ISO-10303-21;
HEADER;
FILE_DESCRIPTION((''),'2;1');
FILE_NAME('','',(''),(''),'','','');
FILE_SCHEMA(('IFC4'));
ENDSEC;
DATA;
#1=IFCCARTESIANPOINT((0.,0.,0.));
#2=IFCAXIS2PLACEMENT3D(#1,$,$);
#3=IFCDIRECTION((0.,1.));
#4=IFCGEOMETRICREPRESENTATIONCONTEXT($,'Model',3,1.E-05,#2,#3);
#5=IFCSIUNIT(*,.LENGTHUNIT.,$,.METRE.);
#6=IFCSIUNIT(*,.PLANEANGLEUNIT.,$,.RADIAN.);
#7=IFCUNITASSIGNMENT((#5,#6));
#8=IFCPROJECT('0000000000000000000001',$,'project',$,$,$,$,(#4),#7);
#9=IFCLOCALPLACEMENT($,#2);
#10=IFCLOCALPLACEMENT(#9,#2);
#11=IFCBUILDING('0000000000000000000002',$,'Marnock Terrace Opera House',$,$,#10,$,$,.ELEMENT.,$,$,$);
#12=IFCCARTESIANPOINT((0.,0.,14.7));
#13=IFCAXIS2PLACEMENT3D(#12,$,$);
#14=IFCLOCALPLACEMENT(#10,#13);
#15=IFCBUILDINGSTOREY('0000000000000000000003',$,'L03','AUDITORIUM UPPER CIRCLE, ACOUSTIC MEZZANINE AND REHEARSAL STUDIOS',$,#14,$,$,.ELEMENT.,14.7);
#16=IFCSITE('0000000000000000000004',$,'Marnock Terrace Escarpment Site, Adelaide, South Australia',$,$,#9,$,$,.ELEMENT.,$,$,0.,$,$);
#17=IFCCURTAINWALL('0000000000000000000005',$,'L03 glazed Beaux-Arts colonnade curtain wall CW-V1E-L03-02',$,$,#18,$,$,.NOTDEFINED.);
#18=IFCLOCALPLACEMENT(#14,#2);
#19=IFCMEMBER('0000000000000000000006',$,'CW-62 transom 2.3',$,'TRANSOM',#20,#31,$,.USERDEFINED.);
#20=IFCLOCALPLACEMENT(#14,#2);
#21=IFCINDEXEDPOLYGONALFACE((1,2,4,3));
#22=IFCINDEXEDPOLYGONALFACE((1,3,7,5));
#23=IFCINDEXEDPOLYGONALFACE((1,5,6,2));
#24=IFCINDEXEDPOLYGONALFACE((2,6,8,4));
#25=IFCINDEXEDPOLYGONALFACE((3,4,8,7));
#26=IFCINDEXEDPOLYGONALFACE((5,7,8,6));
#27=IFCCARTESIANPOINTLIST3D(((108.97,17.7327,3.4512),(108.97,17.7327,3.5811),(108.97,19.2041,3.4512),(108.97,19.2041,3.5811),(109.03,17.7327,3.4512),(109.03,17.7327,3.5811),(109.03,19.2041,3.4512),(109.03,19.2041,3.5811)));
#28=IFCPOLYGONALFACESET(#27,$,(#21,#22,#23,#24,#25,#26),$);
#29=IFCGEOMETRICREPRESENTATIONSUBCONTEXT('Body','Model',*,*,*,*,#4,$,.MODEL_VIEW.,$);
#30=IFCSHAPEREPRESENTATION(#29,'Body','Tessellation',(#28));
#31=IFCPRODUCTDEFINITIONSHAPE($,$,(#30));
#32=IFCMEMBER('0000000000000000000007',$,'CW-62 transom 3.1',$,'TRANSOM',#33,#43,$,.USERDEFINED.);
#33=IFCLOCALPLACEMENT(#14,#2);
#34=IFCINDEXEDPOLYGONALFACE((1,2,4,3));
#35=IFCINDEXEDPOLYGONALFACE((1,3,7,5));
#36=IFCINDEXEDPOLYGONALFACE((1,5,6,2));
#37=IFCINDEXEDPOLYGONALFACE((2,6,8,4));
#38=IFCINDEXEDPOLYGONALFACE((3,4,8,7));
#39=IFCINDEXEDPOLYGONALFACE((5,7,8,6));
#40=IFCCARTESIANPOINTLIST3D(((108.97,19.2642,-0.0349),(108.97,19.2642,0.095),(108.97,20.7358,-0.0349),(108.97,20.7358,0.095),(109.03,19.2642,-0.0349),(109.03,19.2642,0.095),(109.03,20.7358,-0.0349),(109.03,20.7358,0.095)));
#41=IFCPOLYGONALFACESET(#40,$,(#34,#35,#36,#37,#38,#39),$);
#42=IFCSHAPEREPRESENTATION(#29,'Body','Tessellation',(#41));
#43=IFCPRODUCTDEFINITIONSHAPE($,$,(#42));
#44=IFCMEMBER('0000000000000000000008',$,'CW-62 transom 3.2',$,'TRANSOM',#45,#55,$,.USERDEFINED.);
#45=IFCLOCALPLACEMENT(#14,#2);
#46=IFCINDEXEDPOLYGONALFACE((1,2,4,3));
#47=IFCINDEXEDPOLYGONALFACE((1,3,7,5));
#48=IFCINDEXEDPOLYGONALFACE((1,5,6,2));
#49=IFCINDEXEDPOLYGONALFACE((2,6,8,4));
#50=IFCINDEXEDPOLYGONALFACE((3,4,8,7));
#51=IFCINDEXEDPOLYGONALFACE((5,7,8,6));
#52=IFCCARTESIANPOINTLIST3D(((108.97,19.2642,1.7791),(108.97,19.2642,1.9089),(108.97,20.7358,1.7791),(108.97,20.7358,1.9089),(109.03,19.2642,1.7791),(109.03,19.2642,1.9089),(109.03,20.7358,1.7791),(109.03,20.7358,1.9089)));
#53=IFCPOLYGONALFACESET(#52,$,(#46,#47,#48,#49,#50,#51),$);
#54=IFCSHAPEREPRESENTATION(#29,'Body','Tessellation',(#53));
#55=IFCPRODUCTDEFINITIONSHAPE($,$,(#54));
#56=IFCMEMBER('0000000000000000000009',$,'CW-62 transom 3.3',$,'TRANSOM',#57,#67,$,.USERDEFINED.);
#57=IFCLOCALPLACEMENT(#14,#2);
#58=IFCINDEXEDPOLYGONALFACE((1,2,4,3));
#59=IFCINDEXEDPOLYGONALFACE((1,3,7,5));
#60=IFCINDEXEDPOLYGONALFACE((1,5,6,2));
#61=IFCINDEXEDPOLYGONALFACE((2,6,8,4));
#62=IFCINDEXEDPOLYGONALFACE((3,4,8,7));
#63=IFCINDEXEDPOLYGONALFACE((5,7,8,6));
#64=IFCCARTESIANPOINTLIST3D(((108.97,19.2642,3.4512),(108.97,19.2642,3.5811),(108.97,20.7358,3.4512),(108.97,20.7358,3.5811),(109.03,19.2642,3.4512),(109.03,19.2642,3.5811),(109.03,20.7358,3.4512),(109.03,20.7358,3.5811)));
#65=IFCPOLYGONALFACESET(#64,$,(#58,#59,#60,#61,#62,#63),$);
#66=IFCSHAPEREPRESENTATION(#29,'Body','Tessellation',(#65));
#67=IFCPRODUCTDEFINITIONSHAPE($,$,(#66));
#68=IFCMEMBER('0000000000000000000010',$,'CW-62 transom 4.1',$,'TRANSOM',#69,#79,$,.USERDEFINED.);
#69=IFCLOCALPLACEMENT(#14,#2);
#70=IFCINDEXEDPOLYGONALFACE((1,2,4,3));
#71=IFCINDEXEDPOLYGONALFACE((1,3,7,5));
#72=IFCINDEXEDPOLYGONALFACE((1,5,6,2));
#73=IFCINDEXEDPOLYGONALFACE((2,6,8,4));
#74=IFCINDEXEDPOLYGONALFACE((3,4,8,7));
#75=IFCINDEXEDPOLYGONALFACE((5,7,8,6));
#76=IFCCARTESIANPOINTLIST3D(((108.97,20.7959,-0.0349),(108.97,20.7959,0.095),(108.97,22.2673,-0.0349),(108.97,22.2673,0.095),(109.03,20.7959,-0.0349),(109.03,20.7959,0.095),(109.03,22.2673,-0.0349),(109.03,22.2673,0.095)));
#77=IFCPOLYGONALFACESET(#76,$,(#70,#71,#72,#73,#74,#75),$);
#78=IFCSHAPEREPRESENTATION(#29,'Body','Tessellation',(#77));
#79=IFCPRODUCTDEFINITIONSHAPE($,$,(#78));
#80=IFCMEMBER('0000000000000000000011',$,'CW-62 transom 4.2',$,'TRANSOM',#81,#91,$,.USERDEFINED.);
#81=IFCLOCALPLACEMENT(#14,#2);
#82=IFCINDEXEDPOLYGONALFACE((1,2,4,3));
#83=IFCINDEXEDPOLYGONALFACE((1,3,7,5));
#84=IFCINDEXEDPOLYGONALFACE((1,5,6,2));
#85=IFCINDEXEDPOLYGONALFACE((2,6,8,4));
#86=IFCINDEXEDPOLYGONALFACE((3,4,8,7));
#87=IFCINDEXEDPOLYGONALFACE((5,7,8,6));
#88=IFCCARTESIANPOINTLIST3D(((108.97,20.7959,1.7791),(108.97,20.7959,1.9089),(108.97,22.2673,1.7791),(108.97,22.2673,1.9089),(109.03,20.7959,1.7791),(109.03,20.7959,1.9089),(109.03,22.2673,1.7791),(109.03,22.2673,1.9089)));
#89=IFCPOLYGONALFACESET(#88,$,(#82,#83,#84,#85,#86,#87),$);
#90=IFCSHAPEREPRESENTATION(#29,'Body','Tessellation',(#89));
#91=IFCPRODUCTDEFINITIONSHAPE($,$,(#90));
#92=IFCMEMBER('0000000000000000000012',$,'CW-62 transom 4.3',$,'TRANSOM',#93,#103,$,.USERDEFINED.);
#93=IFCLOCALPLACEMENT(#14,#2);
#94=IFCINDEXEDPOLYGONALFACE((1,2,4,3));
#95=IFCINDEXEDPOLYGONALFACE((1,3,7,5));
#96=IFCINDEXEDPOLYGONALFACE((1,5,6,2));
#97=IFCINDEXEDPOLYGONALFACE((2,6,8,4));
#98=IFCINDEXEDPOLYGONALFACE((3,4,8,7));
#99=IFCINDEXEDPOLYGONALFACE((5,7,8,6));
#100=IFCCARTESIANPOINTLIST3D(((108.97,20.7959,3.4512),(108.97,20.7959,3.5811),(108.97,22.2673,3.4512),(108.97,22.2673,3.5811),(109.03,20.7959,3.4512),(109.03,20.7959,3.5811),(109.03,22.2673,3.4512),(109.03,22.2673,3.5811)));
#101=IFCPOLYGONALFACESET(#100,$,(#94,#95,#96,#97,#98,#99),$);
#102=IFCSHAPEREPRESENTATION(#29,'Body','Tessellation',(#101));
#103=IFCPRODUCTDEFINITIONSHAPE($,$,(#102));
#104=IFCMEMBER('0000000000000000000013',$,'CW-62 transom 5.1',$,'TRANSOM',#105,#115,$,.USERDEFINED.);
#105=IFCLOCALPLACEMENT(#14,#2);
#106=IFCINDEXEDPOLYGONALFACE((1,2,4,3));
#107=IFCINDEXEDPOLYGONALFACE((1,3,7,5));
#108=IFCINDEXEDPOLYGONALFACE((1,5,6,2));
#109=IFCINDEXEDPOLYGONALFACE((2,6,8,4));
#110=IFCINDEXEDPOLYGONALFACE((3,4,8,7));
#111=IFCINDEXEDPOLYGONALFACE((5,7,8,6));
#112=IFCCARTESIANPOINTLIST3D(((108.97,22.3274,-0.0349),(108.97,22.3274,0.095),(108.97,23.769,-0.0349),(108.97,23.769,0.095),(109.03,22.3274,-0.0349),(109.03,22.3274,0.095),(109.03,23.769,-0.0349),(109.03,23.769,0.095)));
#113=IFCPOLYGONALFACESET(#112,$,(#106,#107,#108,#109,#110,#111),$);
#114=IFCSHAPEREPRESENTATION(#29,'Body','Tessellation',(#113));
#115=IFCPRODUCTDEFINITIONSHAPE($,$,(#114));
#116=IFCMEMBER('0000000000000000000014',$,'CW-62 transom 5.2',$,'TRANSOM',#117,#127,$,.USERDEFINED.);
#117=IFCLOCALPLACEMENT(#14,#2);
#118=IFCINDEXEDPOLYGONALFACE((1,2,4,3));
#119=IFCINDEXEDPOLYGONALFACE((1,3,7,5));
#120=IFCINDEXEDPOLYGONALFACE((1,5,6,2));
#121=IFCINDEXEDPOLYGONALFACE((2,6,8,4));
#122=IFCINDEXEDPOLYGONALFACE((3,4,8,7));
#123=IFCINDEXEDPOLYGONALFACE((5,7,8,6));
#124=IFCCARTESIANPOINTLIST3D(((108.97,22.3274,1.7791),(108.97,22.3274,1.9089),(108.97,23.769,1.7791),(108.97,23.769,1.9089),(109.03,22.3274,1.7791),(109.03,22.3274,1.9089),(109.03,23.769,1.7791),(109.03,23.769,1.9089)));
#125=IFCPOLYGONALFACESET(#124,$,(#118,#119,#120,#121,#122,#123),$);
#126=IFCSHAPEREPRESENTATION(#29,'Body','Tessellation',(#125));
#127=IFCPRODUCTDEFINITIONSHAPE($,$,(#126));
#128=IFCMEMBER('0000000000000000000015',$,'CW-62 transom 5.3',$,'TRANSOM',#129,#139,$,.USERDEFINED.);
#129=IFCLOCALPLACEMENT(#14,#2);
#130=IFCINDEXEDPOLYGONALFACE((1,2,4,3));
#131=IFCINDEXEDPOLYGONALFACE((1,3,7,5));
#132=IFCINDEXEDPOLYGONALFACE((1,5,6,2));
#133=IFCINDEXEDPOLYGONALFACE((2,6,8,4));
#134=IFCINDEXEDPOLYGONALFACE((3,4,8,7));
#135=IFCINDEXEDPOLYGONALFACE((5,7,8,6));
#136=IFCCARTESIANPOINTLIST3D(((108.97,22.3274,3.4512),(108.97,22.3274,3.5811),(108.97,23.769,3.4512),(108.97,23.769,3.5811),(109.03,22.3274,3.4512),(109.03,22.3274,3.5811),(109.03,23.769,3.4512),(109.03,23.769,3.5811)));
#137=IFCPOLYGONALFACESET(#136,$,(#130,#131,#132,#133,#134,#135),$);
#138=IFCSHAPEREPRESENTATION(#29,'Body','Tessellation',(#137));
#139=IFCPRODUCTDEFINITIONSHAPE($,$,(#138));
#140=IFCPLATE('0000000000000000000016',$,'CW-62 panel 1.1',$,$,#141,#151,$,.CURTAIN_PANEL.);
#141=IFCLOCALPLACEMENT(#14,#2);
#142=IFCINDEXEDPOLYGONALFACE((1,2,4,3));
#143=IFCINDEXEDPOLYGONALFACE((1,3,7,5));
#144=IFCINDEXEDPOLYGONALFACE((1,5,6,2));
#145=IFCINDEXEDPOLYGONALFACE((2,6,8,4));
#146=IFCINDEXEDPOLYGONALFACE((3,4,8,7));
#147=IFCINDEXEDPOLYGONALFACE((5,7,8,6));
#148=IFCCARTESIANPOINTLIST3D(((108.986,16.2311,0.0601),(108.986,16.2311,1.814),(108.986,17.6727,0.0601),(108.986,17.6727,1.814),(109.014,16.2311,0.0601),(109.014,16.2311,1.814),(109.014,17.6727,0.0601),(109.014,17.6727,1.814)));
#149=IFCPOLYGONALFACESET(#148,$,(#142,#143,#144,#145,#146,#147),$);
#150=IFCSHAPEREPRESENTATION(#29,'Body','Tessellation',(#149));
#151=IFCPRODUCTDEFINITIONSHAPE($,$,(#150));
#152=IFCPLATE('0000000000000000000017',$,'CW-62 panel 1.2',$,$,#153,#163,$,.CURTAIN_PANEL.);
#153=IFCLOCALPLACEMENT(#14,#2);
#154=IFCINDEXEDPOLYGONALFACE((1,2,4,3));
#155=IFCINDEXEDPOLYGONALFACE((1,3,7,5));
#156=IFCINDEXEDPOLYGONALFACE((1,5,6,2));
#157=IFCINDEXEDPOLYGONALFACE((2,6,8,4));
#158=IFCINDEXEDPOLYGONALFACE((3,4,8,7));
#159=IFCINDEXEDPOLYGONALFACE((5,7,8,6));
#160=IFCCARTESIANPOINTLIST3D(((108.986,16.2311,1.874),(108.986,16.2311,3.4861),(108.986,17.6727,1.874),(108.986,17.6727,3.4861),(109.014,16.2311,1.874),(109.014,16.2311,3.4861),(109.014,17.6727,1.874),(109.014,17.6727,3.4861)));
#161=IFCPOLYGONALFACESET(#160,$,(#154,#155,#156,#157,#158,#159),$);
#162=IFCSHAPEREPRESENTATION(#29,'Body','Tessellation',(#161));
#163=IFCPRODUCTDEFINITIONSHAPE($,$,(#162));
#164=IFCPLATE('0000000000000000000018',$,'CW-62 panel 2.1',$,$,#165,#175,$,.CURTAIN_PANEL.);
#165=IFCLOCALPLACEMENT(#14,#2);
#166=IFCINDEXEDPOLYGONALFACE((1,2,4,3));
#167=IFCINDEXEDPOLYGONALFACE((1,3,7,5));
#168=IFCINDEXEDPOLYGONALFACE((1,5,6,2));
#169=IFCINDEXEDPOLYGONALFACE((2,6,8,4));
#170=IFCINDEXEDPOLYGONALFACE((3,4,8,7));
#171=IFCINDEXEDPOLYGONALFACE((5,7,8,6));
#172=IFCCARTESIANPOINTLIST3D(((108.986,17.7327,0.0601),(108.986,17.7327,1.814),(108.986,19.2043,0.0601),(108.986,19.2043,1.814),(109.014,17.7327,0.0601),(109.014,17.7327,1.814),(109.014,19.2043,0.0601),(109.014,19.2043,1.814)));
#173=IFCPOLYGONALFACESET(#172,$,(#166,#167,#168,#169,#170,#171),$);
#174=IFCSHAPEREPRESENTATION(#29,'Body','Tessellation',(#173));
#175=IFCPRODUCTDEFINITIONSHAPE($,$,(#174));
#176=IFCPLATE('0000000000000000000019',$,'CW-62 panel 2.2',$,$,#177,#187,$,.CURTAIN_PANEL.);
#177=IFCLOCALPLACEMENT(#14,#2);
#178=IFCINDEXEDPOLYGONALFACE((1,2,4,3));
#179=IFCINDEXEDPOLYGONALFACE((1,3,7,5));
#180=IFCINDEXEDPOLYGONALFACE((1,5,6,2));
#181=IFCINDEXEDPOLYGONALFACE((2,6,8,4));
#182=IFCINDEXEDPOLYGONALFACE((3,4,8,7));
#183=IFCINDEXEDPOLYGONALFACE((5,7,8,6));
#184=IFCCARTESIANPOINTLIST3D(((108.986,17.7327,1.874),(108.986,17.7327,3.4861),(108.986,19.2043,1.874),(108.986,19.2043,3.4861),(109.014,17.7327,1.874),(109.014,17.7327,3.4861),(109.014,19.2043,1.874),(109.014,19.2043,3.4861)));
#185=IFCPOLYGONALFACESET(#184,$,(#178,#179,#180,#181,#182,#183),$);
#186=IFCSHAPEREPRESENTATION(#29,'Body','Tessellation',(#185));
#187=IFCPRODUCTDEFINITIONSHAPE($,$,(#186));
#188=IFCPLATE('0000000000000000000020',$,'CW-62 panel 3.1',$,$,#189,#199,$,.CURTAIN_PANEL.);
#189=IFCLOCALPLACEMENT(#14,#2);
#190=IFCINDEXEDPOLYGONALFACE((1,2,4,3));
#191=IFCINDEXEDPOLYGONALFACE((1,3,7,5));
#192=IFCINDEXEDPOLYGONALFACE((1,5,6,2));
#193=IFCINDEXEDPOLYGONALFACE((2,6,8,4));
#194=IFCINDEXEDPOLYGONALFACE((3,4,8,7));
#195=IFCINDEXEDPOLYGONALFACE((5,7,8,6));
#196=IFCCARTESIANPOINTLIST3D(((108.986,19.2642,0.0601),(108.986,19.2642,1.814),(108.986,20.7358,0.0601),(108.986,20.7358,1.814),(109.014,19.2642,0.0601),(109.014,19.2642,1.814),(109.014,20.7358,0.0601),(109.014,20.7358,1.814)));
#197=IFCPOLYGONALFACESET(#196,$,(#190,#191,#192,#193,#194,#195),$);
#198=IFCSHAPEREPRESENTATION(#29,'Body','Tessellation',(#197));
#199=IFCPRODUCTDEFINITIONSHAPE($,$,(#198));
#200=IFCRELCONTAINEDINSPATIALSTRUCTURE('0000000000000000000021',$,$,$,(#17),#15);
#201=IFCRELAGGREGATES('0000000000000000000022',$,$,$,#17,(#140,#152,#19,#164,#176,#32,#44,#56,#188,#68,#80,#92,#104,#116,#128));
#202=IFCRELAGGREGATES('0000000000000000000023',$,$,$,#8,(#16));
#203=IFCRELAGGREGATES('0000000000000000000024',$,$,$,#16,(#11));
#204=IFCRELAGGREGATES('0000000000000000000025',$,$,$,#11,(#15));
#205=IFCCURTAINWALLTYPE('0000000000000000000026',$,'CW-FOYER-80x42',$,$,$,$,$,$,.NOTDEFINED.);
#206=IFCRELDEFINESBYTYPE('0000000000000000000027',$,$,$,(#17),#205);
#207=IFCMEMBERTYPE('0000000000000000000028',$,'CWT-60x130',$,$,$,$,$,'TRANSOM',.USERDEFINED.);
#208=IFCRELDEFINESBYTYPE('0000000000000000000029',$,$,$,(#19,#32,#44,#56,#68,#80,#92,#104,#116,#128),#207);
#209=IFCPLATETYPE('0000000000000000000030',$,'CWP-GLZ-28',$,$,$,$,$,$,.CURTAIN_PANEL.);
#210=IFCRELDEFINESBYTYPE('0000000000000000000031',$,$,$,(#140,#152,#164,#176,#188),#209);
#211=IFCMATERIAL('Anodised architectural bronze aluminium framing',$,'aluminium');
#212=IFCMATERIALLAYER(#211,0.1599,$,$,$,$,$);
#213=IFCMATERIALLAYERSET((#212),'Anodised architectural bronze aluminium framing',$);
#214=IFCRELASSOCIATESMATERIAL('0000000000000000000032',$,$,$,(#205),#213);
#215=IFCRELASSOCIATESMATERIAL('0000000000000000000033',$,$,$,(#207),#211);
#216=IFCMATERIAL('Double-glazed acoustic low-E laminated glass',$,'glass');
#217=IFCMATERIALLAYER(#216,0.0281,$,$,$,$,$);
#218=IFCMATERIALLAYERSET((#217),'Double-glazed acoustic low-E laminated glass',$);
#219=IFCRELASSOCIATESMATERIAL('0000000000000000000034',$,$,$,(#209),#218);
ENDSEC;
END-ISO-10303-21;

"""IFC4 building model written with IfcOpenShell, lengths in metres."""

from ifc_helpers import new_model, si_unit, direction, frame, origin, origin_2d, place, context, subcontext, project, spatial, rectangle, extrude, material, layer, layer_set, material_profile, profile_set, type_object, element, aggregate, save


model = new_model("IFC4")

# Units and contexts
model_context = context("Model", 3, precision=1e-05, world=origin(), true_north=direction((0.0, 1.0)))
body_context = subcontext(model_context, "Body", "Model", "MODEL_VIEW")
ifc_project = project(units=[si_unit("LENGTHUNIT", "METRE"), si_unit("PLANEANGLEUNIT", "RADIAN")], contexts=[model_context])

# Site, building, storey
site_placement = place(None, origin())
site = spatial("IfcSite", under=ifc_project, at=site_placement, Name="Marnock Terrace Escarpment Site, Adelaide, South Australia", CompositionType="ELEMENT", RefElevation=0.0)
building_placement = place(site_placement, origin())
building = spatial("IfcBuilding", under=site, at=building_placement, Name="Marnock Terrace Opera House", CompositionType="ELEMENT")
storey_placement = place(building_placement, frame((0.0, 0.0, 14.7)))
storey = spatial("IfcBuildingStorey", under=building, at=storey_placement, Name="L03", Description="AUDITORIUM UPPER CIRCLE, ACOUSTIC MEZZANINE AND REHEARSAL STUDIOS", CompositionType="ELEMENT", Elevation=14.7)

# Curtain wall, members, plates
ifc_material_1 = material(Name="Anodised architectural bronze aluminium framing", Category="aluminium")
ifc_layer_1 = layer(ifc_material_1, 0.1599)
ifc_layer_set_1 = layer_set([ifc_layer_1], Name="Anodised architectural bronze aluminium framing")
curtain_wall_type = type_object("IfcCurtainWallType", Name="CW-FOYER-80x42", PredefinedType="NOTDEFINED", material=ifc_layer_set_1)
curtain_wall_placement = place(storey_placement, origin())
curtain_wall = element("IfcCurtainWall", 1, at=curtain_wall_placement, inside=storey, type_object=curtain_wall_type, Name="L03 glazed Beaux-Arts colonnade curtain wall CW-V1E-L03-02", PredefinedType="NOTDEFINED")
ifc_material_profile_1 = material_profile(ifc_material_1, rectangle(XDim=0.0601, YDim=0.1299, at=origin_2d()))
ifc_profile_set_1 = profile_set([ifc_material_profile_1], Name="Anodised architectural bronze aluminium framing")
member_type_1 = type_object("IfcMemberType", Name="CWT-60x130", ElementType="TRANSOM", PredefinedType="USERDEFINED", material=ifc_profile_set_1)
member_1_placement = place(storey_placement, frame((109.0, 17.7327, 3.5161), z_axis=(0.0, 1.0, 0.0), x_axis=(-1.0, 0.0, 0.0)))
member_1 = element("IfcMember", 2, at=member_1_placement, type_object=member_type_1, Name="CW-62 transom 2.3", ObjectType="TRANSOM", PredefinedType="USERDEFINED", context=body_context, shape_type="SweptSolid", body=[
    extrude(rectangle(XDim=0.0601, YDim=0.1299, at=origin_2d()), origin(), (0.0, 0.0, 1.0), 1.4714),
])
member_2_placement = place(storey_placement, frame((109.0, 19.2642, 0.03), z_axis=(0.0, 1.0, 0.0), x_axis=(-1.0, 0.0, 0.0)))
member_2 = element("IfcMember", 3, at=member_2_placement, type_object=member_type_1, Name="CW-62 transom 3.1", ObjectType="TRANSOM", PredefinedType="USERDEFINED", context=body_context, shape_type="SweptSolid", body=[
    extrude(rectangle(XDim=0.0601, YDim=0.1299, at=origin_2d()), origin(), (0.0, 0.0, 1.0), 1.4717),
])
member_3_placement = place(storey_placement, frame((109.0, 19.2642, 1.844), z_axis=(0.0, 1.0, 0.0), x_axis=(-1.0, 0.0, 0.0)))
member_3 = element("IfcMember", 4, at=member_3_placement, type_object=member_type_1, Name="CW-62 transom 3.2", ObjectType="TRANSOM", PredefinedType="USERDEFINED", context=body_context, shape_type="SweptSolid", body=[
    extrude(rectangle(XDim=0.0601, YDim=0.1299, at=origin_2d()), origin(), (0.0, 0.0, 1.0), 1.4717),
])
member_4_placement = place(storey_placement, frame((109.0, 19.2642, 3.5161), z_axis=(0.0, 1.0, 0.0), x_axis=(-1.0, 0.0, 0.0)))
member_4 = element("IfcMember", 5, at=member_4_placement, type_object=member_type_1, Name="CW-62 transom 3.3", ObjectType="TRANSOM", PredefinedType="USERDEFINED", context=body_context, shape_type="SweptSolid", body=[
    extrude(rectangle(XDim=0.0601, YDim=0.1299, at=origin_2d()), origin(), (0.0, 0.0, 1.0), 1.4717),
])
member_5_placement = place(storey_placement, frame((109.0, 20.7959, 0.03), z_axis=(0.0, 1.0, 0.0), x_axis=(-1.0, 0.0, 0.0)))
member_5 = element("IfcMember", 6, at=member_5_placement, type_object=member_type_1, Name="CW-62 transom 4.1", ObjectType="TRANSOM", PredefinedType="USERDEFINED", context=body_context, shape_type="SweptSolid", body=[
    extrude(rectangle(XDim=0.0601, YDim=0.1299, at=origin_2d()), origin(), (0.0, 0.0, 1.0), 1.4714),
])
member_6_placement = place(storey_placement, frame((109.0, 20.7959, 1.844), z_axis=(0.0, 1.0, 0.0), x_axis=(-1.0, 0.0, 0.0)))
member_6 = element("IfcMember", 7, at=member_6_placement, type_object=member_type_1, Name="CW-62 transom 4.2", ObjectType="TRANSOM", PredefinedType="USERDEFINED", context=body_context, shape_type="SweptSolid", body=[
    extrude(rectangle(XDim=0.0601, YDim=0.1299, at=origin_2d()), origin(), (0.0, 0.0, 1.0), 1.4714),
])
member_7_placement = place(storey_placement, frame((109.0, 20.7959, 3.5161), z_axis=(0.0, 1.0, 0.0), x_axis=(-1.0, 0.0, 0.0)))
member_7 = element("IfcMember", 8, at=member_7_placement, type_object=member_type_1, Name="CW-62 transom 4.3", ObjectType="TRANSOM", PredefinedType="USERDEFINED", context=body_context, shape_type="SweptSolid", body=[
    extrude(rectangle(XDim=0.0601, YDim=0.1299, at=origin_2d()), origin(), (0.0, 0.0, 1.0), 1.4714),
])
member_8_placement = place(storey_placement, frame((109.0, 22.3274, 0.03), z_axis=(0.0, 1.0, 0.0), x_axis=(-1.0, 0.0, 0.0)))
member_8 = element("IfcMember", 9, at=member_8_placement, type_object=member_type_1, Name="CW-62 transom 5.1", ObjectType="TRANSOM", PredefinedType="USERDEFINED", context=body_context, shape_type="SweptSolid", body=[
    extrude(rectangle(XDim=0.0601, YDim=0.1299, at=origin_2d()), origin(), (0.0, 0.0, 1.0), 1.4417),
])
member_9_placement = place(storey_placement, frame((109.0, 22.3274, 1.844), z_axis=(0.0, 1.0, 0.0), x_axis=(-1.0, 0.0, 0.0)))
member_9 = element("IfcMember", 10, at=member_9_placement, type_object=member_type_1, Name="CW-62 transom 5.2", ObjectType="TRANSOM", PredefinedType="USERDEFINED", context=body_context, shape_type="SweptSolid", body=[
    extrude(rectangle(XDim=0.0601, YDim=0.1299, at=origin_2d()), origin(), (0.0, 0.0, 1.0), 1.4417),
])
member_10_placement = place(storey_placement, frame((109.0, 22.3274, 3.5161), z_axis=(0.0, 1.0, 0.0), x_axis=(-1.0, 0.0, 0.0)))
member_10 = element("IfcMember", 11, at=member_10_placement, type_object=member_type_1, Name="CW-62 transom 5.3", ObjectType="TRANSOM", PredefinedType="USERDEFINED", context=body_context, shape_type="SweptSolid", body=[
    extrude(rectangle(XDim=0.0601, YDim=0.1299, at=origin_2d()), origin(), (0.0, 0.0, 1.0), 1.4417),
])
ifc_material_2 = material(Name="Double-glazed acoustic low-E laminated glass", Category="glass")
ifc_layer_2 = layer(ifc_material_2, 0.0281)
ifc_layer_set_2 = layer_set([ifc_layer_2], Name="Double-glazed acoustic low-E laminated glass")
plate_type = type_object("IfcPlateType", Name="CWP-GLZ-28", PredefinedType="CURTAIN_PANEL", material=ifc_layer_set_2)
plate_1_placement = place(storey_placement, frame((109.0, 16.9519, 0.0601), z_axis=(0.0, 0.0, 1.0), x_axis=(0.0, 1.0, 0.0)))
plate_1 = element("IfcPlate", 12, at=plate_1_placement, type_object=plate_type, Name="CW-62 panel 1.1", PredefinedType="CURTAIN_PANEL", context=body_context, shape_type="SweptSolid", body=[
    extrude(rectangle(XDim=1.4417, YDim=0.0281, at=origin_2d()), origin(), (0.0, 0.0, 1.0), 1.7539),
])
plate_2_placement = place(storey_placement, frame((109.0, 16.9519, 1.874), z_axis=(0.0, 0.0, 1.0), x_axis=(0.0, 1.0, 0.0)))
plate_2 = element("IfcPlate", 13, at=plate_2_placement, type_object=plate_type, Name="CW-62 panel 1.2", PredefinedType="CURTAIN_PANEL", context=body_context, shape_type="SweptSolid", body=[
    extrude(rectangle(XDim=1.4417, YDim=0.0281, at=origin_2d()), origin(), (0.0, 0.0, 1.0), 1.6121),
])
plate_3_placement = place(storey_placement, frame((109.0, 18.4685, 0.0601), z_axis=(0.0, 0.0, 1.0), x_axis=(0.0, 1.0, 0.0)))
plate_3 = element("IfcPlate", 14, at=plate_3_placement, type_object=plate_type, Name="CW-62 panel 2.1", PredefinedType="CURTAIN_PANEL", context=body_context, shape_type="SweptSolid", body=[
    extrude(rectangle(XDim=1.4717, YDim=0.0281, at=origin_2d()), origin(), (0.0, 0.0, 1.0), 1.7539),
])
plate_4_placement = place(storey_placement, frame((109.0, 18.4685, 1.874), z_axis=(0.0, 0.0, 1.0), x_axis=(0.0, 1.0, 0.0)))
plate_4 = element("IfcPlate", 15, at=plate_4_placement, type_object=plate_type, Name="CW-62 panel 2.2", PredefinedType="CURTAIN_PANEL", context=body_context, shape_type="SweptSolid", body=[
    extrude(rectangle(XDim=1.4717, YDim=0.0281, at=origin_2d()), origin(), (0.0, 0.0, 1.0), 1.6121),
])
plate_5_placement = place(storey_placement, frame((109.0, 20.0, 0.0601), z_axis=(0.0, 0.0, 1.0), x_axis=(0.0, 1.0, 0.0)))
plate_5 = element("IfcPlate", 16, at=plate_5_placement, type_object=plate_type, Name="CW-62 panel 3.1", PredefinedType="CURTAIN_PANEL", context=body_context, shape_type="SweptSolid", body=[
    extrude(rectangle(XDim=1.4717, YDim=0.0281, at=origin_2d()), origin(), (0.0, 0.0, 1.0), 1.7539),
])
aggregate(curtain_wall, [plate_1, plate_2, member_1, plate_3, plate_4, member_2, member_3, member_4, plate_5, member_5, member_6, member_7, member_8, member_9, member_10])

save(model, "model.ifc")
